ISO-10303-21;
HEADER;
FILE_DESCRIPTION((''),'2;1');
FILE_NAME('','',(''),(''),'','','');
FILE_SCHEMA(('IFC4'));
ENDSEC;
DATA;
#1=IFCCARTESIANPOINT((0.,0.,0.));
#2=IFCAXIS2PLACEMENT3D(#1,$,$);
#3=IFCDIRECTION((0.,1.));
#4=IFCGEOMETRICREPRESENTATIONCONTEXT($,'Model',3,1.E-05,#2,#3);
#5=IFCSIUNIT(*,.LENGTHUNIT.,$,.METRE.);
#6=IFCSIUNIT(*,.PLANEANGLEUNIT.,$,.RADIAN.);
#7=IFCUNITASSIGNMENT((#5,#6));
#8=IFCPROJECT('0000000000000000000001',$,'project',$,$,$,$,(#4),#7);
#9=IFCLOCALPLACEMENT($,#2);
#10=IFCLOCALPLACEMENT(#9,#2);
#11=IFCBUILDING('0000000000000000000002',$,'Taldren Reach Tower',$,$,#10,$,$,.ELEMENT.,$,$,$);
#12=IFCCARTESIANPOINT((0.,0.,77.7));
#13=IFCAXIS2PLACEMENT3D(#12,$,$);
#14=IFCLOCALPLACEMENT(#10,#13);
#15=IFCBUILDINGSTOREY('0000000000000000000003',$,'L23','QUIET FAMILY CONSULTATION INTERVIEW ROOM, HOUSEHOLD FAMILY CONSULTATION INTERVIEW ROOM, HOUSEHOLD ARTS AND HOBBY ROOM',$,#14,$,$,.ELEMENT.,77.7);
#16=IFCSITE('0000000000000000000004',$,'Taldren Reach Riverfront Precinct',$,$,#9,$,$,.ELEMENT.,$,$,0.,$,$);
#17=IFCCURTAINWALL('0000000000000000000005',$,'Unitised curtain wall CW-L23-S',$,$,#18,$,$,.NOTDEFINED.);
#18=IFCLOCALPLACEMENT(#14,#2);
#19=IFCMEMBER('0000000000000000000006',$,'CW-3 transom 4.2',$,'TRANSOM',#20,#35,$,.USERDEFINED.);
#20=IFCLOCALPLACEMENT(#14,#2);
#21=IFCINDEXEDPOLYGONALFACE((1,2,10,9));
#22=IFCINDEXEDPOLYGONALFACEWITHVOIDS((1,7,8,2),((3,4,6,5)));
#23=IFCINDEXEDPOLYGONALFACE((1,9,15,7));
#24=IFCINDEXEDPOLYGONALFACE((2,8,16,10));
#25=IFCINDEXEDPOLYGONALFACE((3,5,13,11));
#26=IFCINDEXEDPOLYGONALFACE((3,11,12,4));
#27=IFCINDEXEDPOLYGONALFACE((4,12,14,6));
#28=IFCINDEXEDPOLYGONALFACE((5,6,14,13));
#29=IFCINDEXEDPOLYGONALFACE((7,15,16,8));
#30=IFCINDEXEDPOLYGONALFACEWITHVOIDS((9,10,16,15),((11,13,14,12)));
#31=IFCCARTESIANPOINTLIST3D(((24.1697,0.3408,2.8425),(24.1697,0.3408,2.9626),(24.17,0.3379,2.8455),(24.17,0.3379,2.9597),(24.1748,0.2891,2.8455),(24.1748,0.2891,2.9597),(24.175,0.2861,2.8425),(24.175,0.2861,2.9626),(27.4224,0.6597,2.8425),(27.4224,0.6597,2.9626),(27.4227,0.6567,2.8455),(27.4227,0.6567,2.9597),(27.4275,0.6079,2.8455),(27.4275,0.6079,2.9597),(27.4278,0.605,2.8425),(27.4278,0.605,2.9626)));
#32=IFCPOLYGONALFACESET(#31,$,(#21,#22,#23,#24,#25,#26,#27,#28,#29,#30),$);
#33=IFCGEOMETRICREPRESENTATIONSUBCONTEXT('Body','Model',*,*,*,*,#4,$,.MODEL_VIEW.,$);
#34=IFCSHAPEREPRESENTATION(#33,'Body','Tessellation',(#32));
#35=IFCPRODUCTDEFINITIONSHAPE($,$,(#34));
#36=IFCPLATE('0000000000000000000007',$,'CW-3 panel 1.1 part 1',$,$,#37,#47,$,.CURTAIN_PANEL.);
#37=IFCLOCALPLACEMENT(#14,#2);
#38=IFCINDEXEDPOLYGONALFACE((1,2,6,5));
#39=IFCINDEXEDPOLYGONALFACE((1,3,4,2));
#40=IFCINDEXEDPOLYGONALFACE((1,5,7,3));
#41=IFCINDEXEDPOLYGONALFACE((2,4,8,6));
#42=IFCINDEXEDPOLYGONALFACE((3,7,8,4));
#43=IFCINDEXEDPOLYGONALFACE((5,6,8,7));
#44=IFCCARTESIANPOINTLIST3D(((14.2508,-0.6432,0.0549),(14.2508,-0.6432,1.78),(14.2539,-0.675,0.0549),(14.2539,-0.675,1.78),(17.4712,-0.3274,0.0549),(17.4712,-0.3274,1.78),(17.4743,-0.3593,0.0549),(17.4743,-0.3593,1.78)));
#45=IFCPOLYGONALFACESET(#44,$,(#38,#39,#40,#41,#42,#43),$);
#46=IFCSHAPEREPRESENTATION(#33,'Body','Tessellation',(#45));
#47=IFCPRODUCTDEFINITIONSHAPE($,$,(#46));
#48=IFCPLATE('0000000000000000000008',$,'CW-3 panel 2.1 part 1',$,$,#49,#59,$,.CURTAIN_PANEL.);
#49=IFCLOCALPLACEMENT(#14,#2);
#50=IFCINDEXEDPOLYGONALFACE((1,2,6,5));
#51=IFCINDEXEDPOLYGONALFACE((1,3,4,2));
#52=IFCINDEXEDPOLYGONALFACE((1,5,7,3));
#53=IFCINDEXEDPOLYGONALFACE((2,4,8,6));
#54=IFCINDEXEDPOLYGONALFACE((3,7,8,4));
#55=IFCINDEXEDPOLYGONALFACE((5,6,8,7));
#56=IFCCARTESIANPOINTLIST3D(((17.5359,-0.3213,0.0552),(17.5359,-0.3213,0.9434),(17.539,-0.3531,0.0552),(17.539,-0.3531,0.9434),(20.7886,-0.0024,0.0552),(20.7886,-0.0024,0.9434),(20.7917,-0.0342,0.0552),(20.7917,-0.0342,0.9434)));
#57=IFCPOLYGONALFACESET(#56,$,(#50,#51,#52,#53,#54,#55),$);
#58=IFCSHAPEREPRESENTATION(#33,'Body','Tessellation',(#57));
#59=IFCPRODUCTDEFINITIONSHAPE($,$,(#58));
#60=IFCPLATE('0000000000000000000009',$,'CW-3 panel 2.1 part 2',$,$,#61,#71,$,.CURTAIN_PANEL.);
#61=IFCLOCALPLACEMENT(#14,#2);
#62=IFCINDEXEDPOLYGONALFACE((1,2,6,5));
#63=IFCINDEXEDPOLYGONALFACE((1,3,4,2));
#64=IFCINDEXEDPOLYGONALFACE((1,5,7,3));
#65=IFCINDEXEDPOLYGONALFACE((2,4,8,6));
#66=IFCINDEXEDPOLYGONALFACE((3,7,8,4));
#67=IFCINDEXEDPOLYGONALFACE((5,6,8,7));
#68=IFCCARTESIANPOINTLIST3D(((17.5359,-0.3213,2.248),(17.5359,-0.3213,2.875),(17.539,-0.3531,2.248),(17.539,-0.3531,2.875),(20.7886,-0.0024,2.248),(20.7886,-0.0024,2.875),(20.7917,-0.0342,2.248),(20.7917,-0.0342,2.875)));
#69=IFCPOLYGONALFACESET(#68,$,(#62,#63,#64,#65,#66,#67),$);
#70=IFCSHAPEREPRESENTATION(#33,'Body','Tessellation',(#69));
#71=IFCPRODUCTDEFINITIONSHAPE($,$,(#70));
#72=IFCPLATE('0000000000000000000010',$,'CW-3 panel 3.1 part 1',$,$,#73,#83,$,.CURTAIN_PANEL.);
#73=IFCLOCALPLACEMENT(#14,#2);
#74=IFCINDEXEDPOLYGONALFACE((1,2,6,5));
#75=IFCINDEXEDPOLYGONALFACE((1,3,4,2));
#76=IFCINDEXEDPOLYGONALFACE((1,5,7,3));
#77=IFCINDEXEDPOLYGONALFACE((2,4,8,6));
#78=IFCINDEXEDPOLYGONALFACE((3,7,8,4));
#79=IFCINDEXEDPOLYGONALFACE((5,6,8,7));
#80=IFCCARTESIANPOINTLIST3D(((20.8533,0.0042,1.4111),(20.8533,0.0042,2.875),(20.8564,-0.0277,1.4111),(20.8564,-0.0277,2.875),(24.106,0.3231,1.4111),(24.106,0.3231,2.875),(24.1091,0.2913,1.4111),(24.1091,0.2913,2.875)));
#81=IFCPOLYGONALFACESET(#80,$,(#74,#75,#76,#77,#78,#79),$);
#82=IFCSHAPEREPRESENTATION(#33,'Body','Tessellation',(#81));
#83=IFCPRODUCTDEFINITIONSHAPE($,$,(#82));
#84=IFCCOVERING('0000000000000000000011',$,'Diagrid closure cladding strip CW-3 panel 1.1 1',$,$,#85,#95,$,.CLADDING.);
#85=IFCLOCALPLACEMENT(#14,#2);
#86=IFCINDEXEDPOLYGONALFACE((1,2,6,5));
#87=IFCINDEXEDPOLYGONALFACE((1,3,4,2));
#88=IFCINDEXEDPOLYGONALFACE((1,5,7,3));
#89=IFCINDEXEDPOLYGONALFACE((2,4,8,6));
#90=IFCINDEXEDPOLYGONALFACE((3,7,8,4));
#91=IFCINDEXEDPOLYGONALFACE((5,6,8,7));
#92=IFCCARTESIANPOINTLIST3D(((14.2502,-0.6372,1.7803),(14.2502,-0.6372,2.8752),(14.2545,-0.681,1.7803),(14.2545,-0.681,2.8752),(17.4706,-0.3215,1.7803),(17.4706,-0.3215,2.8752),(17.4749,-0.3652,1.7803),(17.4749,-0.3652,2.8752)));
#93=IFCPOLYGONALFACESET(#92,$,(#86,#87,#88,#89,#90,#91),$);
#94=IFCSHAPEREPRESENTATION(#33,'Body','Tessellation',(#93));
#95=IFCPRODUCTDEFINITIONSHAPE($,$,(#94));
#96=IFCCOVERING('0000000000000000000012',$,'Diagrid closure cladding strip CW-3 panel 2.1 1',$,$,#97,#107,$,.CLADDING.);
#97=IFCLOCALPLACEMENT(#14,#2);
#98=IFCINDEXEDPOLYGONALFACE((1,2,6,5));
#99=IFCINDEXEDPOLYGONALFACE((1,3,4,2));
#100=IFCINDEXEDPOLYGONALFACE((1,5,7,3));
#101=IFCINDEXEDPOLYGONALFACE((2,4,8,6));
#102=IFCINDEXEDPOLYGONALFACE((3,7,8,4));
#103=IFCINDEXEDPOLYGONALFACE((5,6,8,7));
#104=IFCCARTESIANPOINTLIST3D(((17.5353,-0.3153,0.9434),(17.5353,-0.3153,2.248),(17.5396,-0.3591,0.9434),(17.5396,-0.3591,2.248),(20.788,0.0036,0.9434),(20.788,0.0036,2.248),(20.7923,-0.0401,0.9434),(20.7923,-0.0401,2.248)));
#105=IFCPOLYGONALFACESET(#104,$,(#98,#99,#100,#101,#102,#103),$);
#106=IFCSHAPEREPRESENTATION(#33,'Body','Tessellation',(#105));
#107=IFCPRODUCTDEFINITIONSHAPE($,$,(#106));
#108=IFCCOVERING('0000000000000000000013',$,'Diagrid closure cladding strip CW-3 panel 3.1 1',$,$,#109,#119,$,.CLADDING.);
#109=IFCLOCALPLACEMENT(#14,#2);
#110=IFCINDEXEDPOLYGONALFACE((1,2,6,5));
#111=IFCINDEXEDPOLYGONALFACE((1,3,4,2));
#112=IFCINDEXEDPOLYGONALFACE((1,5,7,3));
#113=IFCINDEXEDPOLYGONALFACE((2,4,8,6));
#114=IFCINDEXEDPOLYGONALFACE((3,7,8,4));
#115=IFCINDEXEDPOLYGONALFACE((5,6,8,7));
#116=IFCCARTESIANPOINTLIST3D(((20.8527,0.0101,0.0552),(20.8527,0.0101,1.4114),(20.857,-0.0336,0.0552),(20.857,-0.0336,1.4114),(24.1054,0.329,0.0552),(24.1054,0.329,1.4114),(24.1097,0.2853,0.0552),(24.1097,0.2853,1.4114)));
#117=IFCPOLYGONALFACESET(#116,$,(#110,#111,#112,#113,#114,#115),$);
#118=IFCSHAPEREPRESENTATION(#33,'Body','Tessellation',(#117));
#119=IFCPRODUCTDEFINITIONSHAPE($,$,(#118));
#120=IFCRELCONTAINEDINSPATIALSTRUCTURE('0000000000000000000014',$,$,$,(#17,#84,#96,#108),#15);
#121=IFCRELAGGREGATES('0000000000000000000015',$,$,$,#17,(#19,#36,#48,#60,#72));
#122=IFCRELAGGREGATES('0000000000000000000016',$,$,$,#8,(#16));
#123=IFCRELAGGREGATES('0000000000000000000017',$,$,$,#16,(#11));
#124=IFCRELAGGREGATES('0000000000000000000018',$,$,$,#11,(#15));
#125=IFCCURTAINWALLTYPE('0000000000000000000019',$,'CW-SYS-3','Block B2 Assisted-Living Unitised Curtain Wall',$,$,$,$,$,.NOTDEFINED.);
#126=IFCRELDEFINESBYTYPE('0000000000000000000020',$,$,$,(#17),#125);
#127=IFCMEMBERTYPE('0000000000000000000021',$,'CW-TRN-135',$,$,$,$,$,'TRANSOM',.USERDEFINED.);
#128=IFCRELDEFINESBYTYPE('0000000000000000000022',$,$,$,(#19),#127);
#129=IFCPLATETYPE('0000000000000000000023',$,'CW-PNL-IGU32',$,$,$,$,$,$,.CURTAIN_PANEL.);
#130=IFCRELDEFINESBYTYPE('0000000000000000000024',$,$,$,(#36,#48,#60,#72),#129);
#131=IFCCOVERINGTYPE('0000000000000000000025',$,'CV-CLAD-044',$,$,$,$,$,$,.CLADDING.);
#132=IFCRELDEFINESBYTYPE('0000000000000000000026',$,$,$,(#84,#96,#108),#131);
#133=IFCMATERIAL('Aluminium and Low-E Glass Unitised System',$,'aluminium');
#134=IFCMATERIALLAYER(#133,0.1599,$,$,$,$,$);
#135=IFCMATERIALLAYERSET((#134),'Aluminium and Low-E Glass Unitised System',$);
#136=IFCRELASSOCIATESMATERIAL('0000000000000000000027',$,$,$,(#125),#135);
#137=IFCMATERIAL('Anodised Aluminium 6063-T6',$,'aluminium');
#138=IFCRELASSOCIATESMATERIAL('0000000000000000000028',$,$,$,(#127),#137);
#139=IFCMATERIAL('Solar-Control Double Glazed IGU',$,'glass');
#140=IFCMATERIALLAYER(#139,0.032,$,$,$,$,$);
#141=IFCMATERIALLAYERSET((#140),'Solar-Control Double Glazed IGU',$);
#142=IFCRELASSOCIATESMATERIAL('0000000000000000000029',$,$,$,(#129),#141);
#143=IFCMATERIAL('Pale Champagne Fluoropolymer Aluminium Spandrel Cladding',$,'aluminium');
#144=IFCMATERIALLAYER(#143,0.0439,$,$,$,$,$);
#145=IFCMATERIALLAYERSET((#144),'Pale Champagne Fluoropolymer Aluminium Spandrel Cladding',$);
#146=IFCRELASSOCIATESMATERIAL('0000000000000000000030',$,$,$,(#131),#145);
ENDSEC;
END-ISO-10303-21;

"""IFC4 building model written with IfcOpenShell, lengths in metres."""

from ifc_helpers import new_model, si_unit, direction, frame, origin, origin_2d, place, context, subcontext, project, spatial, rectangle, hollow_rectangle, extrude, source, transform, mapped, material, layer, layer_set, material_profile, profile_set, type_object, element, aggregate, save


model = new_model("IFC4")

# Units and contexts
model_context = context("Model", 3, precision=1e-05, world=origin(), true_north=direction((0.0, 1.0)))
body_context = subcontext(model_context, "Body", "Model", "MODEL_VIEW")
ifc_project = project(units=[si_unit("LENGTHUNIT", "METRE"), si_unit("PLANEANGLEUNIT", "RADIAN")], contexts=[model_context])

# Site, building, storey
site_placement = place(None, origin())
site = spatial("IfcSite", under=ifc_project, at=site_placement, Name="Taldren Reach Riverfront Precinct", CompositionType="ELEMENT", RefElevation=0.0)
building_placement = place(site_placement, origin())
building = spatial("IfcBuilding", under=site, at=building_placement, Name="Taldren Reach Tower", CompositionType="ELEMENT")
storey_placement = place(building_placement, frame((0.0, 0.0, 77.7)))
storey = spatial("IfcBuildingStorey", under=building, at=storey_placement, Name="L23", Description="QUIET FAMILY CONSULTATION INTERVIEW ROOM, HOUSEHOLD FAMILY CONSULTATION INTERVIEW ROOM, HOUSEHOLD ARTS AND HOBBY ROOM", CompositionType="ELEMENT", Elevation=77.7)

# Curtain wall, member, plates
ifc_material_1 = material(Name="Aluminium and Low-E Glass Unitised System", Category="aluminium")
ifc_layer_1 = layer(ifc_material_1, 0.1599)
ifc_layer_set_1 = layer_set([ifc_layer_1], Name="Aluminium and Low-E Glass Unitised System")
curtain_wall_type = type_object("IfcCurtainWallType", Name="CW-SYS-3", Description="Block B2 Assisted-Living Unitised Curtain Wall", PredefinedType="NOTDEFINED", material=ifc_layer_set_1)
curtain_wall_placement = place(storey_placement, origin())
curtain_wall = element("IfcCurtainWall", 1, at=curtain_wall_placement, inside=storey, type_object=curtain_wall_type, Name="Unitised curtain wall CW-L23-S", PredefinedType="NOTDEFINED")
ifc_material_2 = material(Name="Anodised Aluminium 6063-T6", Category="aluminium")
ifc_material_profile_1 = material_profile(ifc_material_2, hollow_rectangle(XDim=0.0549, YDim=0.1201, WallThickness=0.0029, at=origin_2d()), Name="ALU-120x55x3RHS")
ifc_profile_set_1 = profile_set([ifc_material_profile_1], Name="Anodised Aluminium 6063-T6")
member_type_1 = type_object("IfcMemberType", Name="CW-TRN-135", ElementType="TRANSOM", PredefinedType="USERDEFINED", material=ifc_profile_set_1)
shared_shape_1 = source(origin(), body_context, "Body", "SweptSolid", [
    extrude(hollow_rectangle(XDim=0.0549, YDim=0.1201, WallThickness=0.0029, at=origin_2d()), origin(), (0.0, 0.0, 1.0), 3.2683),
])
member_1_placement = place(storey_placement, frame((24.1724, 0.3135, 2.9026), z_axis=(0.99523, 0.097558, 0.0), x_axis=(-0.097558, 0.99523, 0.0)))
member_1 = element("IfcMember", 2, at=member_1_placement, type_object=member_type_1, Name="CW-3 transom 4.2", ObjectType="TRANSOM", PredefinedType="USERDEFINED", context=body_context, shape_type="MappedRepresentation", body=[
    mapped(shared_shape_1, transform((0.0, 0.0, 0.0), scale=1.0)),
])
ifc_material_3 = material(Name="Solar-Control Double Glazed IGU", Category="glass")
ifc_layer_2 = layer(ifc_material_3, 0.032)
ifc_layer_set_2 = layer_set([ifc_layer_2], Name="Solar-Control Double Glazed IGU")
plate_type = type_object("IfcPlateType", Name="CW-PNL-IGU32", PredefinedType="CURTAIN_PANEL", material=ifc_layer_set_2)
shared_shape_2 = source(origin(), body_context, "Body", "SweptSolid", [
    extrude(rectangle(XDim=3.2358, YDim=0.032, at=origin_2d()), origin(), (0.0, 0.0, 1.0), 1.7251),
])
plate_1_placement = place(storey_placement, frame((15.8625, -0.5012, 0.0549), z_axis=(0.0, 0.0, 1.0), x_axis=(0.995227, 0.097583, 0.0)))
plate_1 = element("IfcPlate", 3, at=plate_1_placement, type_object=plate_type, Name="CW-3 panel 1.1 part 1", PredefinedType="CURTAIN_PANEL", context=body_context, shape_type="MappedRepresentation", body=[
    mapped(shared_shape_2, transform((0.0, 0.0, 0.0), scale=1.0)),
])
shared_shape_3 = source(origin(), body_context, "Body", "SweptSolid", [
    extrude(rectangle(XDim=3.2683, YDim=0.032, at=origin_2d()), origin(), (0.0, 0.0, 1.0), 0.8882),
])
plate_2_placement = place(storey_placement, frame((19.1638, -0.1777, 0.0552), z_axis=(0.0, 0.0, 1.0), x_axis=(0.995227, 0.097583, 0.0)))
plate_2 = element("IfcPlate", 4, at=plate_2_placement, type_object=plate_type, Name="CW-3 panel 2.1 part 1", PredefinedType="CURTAIN_PANEL", context=body_context, shape_type="MappedRepresentation", body=[
    mapped(shared_shape_3, transform((0.0, 0.0, 0.0), scale=1.0)),
])
shared_shape_4 = source(origin(), body_context, "Body", "SweptSolid", [
    extrude(rectangle(XDim=3.2683, YDim=0.032, at=origin_2d()), origin(), (0.0, 0.0, 1.0), 0.627),
])
plate_3_placement = place(storey_placement, frame((19.1638, -0.1777, 2.248), z_axis=(0.0, 0.0, 1.0), x_axis=(0.995227, 0.097583, 0.0)))
plate_3 = element("IfcPlate", 5, at=plate_3_placement, type_object=plate_type, Name="CW-3 panel 2.1 part 2", PredefinedType="CURTAIN_PANEL", context=body_context, shape_type="MappedRepresentation", body=[
    mapped(shared_shape_4, transform((0.0, 0.0, 0.0), scale=1.0)),
])
shared_shape_5 = source(origin(), body_context, "Body", "SweptSolid", [
    extrude(rectangle(XDim=3.2683, YDim=0.032, at=origin_2d()), origin(), (0.0, 0.0, 1.0), 1.4639),
])
plate_4_placement = place(storey_placement, frame((22.4812, 0.1477, 1.4111), z_axis=(0.0, 0.0, 1.0), x_axis=(0.995227, 0.097583, 0.0)))
plate_4 = element("IfcPlate", 6, at=plate_4_placement, type_object=plate_type, Name="CW-3 panel 3.1 part 1", PredefinedType="CURTAIN_PANEL", context=body_context, shape_type="MappedRepresentation", body=[
    mapped(shared_shape_5, transform((0.0, 0.0, 0.0), scale=1.0)),
])
aggregate(curtain_wall, [member_1, plate_1, plate_2, plate_3, plate_4])

# Coverings
ifc_material_4 = material(Name="Pale Champagne Fluoropolymer Aluminium Spandrel Cladding", Category="aluminium")
ifc_layer_3 = layer(ifc_material_4, 0.0439)
ifc_layer_set_3 = layer_set([ifc_layer_3], Name="Pale Champagne Fluoropolymer Aluminium Spandrel Cladding")
covering_type = type_object("IfcCoveringType", Name="CV-CLAD-044", PredefinedType="CLADDING", material=ifc_layer_set_3)
shared_shape_6 = source(origin(), body_context, "Body", "SweptSolid", [
    extrude(rectangle(XDim=3.2358, YDim=0.0439, at=origin_2d()), origin(), (0.0, 0.0, 1.0), 1.095),
])
covering_1_placement = place(storey_placement, frame((15.8625, -0.5012, 1.7803), z_axis=(0.0, 0.0, 1.0), x_axis=(0.995227, 0.097583, 0.0)))
element("IfcCovering", 7, at=covering_1_placement, inside=storey, type_object=covering_type, Name="Diagrid closure cladding strip CW-3 panel 1.1 1", PredefinedType="CLADDING", context=body_context, shape_type="MappedRepresentation", body=[
    mapped(shared_shape_6, transform((0.0, 0.0, 0.0), scale=1.0)),
])
shared_shape_7 = source(origin(), body_context, "Body", "SweptSolid", [
    extrude(rectangle(XDim=3.2683, YDim=0.0439, at=origin_2d()), origin(), (0.0, 0.0, 1.0), 1.3047),
])
covering_2_placement = place(storey_placement, frame((19.1638, -0.1777, 0.9434), z_axis=(0.0, 0.0, 1.0), x_axis=(0.995227, 0.097583, 0.0)))
element("IfcCovering", 8, at=covering_2_placement, inside=storey, type_object=covering_type, Name="Diagrid closure cladding strip CW-3 panel 2.1 1", PredefinedType="CLADDING", context=body_context, shape_type="MappedRepresentation", body=[
    mapped(shared_shape_7, transform((0.0, 0.0, 0.0), scale=1.0)),
])
shared_shape_8 = source(origin(), body_context, "Body", "SweptSolid", [
    extrude(rectangle(XDim=3.2683, YDim=0.0439, at=origin_2d()), origin(), (0.0, 0.0, 1.0), 1.3562),
])
covering_3_placement = place(storey_placement, frame((22.4812, 0.1477, 0.0552), z_axis=(0.0, 0.0, 1.0), x_axis=(0.995227, 0.097583, 0.0)))
element("IfcCovering", 9, at=covering_3_placement, inside=storey, type_object=covering_type, Name="Diagrid closure cladding strip CW-3 panel 3.1 1", PredefinedType="CLADDING", context=body_context, shape_type="MappedRepresentation", body=[
    mapped(shared_shape_8, transform((0.0, 0.0, 0.0), scale=1.0)),
])

save(model, "model.ifc")
